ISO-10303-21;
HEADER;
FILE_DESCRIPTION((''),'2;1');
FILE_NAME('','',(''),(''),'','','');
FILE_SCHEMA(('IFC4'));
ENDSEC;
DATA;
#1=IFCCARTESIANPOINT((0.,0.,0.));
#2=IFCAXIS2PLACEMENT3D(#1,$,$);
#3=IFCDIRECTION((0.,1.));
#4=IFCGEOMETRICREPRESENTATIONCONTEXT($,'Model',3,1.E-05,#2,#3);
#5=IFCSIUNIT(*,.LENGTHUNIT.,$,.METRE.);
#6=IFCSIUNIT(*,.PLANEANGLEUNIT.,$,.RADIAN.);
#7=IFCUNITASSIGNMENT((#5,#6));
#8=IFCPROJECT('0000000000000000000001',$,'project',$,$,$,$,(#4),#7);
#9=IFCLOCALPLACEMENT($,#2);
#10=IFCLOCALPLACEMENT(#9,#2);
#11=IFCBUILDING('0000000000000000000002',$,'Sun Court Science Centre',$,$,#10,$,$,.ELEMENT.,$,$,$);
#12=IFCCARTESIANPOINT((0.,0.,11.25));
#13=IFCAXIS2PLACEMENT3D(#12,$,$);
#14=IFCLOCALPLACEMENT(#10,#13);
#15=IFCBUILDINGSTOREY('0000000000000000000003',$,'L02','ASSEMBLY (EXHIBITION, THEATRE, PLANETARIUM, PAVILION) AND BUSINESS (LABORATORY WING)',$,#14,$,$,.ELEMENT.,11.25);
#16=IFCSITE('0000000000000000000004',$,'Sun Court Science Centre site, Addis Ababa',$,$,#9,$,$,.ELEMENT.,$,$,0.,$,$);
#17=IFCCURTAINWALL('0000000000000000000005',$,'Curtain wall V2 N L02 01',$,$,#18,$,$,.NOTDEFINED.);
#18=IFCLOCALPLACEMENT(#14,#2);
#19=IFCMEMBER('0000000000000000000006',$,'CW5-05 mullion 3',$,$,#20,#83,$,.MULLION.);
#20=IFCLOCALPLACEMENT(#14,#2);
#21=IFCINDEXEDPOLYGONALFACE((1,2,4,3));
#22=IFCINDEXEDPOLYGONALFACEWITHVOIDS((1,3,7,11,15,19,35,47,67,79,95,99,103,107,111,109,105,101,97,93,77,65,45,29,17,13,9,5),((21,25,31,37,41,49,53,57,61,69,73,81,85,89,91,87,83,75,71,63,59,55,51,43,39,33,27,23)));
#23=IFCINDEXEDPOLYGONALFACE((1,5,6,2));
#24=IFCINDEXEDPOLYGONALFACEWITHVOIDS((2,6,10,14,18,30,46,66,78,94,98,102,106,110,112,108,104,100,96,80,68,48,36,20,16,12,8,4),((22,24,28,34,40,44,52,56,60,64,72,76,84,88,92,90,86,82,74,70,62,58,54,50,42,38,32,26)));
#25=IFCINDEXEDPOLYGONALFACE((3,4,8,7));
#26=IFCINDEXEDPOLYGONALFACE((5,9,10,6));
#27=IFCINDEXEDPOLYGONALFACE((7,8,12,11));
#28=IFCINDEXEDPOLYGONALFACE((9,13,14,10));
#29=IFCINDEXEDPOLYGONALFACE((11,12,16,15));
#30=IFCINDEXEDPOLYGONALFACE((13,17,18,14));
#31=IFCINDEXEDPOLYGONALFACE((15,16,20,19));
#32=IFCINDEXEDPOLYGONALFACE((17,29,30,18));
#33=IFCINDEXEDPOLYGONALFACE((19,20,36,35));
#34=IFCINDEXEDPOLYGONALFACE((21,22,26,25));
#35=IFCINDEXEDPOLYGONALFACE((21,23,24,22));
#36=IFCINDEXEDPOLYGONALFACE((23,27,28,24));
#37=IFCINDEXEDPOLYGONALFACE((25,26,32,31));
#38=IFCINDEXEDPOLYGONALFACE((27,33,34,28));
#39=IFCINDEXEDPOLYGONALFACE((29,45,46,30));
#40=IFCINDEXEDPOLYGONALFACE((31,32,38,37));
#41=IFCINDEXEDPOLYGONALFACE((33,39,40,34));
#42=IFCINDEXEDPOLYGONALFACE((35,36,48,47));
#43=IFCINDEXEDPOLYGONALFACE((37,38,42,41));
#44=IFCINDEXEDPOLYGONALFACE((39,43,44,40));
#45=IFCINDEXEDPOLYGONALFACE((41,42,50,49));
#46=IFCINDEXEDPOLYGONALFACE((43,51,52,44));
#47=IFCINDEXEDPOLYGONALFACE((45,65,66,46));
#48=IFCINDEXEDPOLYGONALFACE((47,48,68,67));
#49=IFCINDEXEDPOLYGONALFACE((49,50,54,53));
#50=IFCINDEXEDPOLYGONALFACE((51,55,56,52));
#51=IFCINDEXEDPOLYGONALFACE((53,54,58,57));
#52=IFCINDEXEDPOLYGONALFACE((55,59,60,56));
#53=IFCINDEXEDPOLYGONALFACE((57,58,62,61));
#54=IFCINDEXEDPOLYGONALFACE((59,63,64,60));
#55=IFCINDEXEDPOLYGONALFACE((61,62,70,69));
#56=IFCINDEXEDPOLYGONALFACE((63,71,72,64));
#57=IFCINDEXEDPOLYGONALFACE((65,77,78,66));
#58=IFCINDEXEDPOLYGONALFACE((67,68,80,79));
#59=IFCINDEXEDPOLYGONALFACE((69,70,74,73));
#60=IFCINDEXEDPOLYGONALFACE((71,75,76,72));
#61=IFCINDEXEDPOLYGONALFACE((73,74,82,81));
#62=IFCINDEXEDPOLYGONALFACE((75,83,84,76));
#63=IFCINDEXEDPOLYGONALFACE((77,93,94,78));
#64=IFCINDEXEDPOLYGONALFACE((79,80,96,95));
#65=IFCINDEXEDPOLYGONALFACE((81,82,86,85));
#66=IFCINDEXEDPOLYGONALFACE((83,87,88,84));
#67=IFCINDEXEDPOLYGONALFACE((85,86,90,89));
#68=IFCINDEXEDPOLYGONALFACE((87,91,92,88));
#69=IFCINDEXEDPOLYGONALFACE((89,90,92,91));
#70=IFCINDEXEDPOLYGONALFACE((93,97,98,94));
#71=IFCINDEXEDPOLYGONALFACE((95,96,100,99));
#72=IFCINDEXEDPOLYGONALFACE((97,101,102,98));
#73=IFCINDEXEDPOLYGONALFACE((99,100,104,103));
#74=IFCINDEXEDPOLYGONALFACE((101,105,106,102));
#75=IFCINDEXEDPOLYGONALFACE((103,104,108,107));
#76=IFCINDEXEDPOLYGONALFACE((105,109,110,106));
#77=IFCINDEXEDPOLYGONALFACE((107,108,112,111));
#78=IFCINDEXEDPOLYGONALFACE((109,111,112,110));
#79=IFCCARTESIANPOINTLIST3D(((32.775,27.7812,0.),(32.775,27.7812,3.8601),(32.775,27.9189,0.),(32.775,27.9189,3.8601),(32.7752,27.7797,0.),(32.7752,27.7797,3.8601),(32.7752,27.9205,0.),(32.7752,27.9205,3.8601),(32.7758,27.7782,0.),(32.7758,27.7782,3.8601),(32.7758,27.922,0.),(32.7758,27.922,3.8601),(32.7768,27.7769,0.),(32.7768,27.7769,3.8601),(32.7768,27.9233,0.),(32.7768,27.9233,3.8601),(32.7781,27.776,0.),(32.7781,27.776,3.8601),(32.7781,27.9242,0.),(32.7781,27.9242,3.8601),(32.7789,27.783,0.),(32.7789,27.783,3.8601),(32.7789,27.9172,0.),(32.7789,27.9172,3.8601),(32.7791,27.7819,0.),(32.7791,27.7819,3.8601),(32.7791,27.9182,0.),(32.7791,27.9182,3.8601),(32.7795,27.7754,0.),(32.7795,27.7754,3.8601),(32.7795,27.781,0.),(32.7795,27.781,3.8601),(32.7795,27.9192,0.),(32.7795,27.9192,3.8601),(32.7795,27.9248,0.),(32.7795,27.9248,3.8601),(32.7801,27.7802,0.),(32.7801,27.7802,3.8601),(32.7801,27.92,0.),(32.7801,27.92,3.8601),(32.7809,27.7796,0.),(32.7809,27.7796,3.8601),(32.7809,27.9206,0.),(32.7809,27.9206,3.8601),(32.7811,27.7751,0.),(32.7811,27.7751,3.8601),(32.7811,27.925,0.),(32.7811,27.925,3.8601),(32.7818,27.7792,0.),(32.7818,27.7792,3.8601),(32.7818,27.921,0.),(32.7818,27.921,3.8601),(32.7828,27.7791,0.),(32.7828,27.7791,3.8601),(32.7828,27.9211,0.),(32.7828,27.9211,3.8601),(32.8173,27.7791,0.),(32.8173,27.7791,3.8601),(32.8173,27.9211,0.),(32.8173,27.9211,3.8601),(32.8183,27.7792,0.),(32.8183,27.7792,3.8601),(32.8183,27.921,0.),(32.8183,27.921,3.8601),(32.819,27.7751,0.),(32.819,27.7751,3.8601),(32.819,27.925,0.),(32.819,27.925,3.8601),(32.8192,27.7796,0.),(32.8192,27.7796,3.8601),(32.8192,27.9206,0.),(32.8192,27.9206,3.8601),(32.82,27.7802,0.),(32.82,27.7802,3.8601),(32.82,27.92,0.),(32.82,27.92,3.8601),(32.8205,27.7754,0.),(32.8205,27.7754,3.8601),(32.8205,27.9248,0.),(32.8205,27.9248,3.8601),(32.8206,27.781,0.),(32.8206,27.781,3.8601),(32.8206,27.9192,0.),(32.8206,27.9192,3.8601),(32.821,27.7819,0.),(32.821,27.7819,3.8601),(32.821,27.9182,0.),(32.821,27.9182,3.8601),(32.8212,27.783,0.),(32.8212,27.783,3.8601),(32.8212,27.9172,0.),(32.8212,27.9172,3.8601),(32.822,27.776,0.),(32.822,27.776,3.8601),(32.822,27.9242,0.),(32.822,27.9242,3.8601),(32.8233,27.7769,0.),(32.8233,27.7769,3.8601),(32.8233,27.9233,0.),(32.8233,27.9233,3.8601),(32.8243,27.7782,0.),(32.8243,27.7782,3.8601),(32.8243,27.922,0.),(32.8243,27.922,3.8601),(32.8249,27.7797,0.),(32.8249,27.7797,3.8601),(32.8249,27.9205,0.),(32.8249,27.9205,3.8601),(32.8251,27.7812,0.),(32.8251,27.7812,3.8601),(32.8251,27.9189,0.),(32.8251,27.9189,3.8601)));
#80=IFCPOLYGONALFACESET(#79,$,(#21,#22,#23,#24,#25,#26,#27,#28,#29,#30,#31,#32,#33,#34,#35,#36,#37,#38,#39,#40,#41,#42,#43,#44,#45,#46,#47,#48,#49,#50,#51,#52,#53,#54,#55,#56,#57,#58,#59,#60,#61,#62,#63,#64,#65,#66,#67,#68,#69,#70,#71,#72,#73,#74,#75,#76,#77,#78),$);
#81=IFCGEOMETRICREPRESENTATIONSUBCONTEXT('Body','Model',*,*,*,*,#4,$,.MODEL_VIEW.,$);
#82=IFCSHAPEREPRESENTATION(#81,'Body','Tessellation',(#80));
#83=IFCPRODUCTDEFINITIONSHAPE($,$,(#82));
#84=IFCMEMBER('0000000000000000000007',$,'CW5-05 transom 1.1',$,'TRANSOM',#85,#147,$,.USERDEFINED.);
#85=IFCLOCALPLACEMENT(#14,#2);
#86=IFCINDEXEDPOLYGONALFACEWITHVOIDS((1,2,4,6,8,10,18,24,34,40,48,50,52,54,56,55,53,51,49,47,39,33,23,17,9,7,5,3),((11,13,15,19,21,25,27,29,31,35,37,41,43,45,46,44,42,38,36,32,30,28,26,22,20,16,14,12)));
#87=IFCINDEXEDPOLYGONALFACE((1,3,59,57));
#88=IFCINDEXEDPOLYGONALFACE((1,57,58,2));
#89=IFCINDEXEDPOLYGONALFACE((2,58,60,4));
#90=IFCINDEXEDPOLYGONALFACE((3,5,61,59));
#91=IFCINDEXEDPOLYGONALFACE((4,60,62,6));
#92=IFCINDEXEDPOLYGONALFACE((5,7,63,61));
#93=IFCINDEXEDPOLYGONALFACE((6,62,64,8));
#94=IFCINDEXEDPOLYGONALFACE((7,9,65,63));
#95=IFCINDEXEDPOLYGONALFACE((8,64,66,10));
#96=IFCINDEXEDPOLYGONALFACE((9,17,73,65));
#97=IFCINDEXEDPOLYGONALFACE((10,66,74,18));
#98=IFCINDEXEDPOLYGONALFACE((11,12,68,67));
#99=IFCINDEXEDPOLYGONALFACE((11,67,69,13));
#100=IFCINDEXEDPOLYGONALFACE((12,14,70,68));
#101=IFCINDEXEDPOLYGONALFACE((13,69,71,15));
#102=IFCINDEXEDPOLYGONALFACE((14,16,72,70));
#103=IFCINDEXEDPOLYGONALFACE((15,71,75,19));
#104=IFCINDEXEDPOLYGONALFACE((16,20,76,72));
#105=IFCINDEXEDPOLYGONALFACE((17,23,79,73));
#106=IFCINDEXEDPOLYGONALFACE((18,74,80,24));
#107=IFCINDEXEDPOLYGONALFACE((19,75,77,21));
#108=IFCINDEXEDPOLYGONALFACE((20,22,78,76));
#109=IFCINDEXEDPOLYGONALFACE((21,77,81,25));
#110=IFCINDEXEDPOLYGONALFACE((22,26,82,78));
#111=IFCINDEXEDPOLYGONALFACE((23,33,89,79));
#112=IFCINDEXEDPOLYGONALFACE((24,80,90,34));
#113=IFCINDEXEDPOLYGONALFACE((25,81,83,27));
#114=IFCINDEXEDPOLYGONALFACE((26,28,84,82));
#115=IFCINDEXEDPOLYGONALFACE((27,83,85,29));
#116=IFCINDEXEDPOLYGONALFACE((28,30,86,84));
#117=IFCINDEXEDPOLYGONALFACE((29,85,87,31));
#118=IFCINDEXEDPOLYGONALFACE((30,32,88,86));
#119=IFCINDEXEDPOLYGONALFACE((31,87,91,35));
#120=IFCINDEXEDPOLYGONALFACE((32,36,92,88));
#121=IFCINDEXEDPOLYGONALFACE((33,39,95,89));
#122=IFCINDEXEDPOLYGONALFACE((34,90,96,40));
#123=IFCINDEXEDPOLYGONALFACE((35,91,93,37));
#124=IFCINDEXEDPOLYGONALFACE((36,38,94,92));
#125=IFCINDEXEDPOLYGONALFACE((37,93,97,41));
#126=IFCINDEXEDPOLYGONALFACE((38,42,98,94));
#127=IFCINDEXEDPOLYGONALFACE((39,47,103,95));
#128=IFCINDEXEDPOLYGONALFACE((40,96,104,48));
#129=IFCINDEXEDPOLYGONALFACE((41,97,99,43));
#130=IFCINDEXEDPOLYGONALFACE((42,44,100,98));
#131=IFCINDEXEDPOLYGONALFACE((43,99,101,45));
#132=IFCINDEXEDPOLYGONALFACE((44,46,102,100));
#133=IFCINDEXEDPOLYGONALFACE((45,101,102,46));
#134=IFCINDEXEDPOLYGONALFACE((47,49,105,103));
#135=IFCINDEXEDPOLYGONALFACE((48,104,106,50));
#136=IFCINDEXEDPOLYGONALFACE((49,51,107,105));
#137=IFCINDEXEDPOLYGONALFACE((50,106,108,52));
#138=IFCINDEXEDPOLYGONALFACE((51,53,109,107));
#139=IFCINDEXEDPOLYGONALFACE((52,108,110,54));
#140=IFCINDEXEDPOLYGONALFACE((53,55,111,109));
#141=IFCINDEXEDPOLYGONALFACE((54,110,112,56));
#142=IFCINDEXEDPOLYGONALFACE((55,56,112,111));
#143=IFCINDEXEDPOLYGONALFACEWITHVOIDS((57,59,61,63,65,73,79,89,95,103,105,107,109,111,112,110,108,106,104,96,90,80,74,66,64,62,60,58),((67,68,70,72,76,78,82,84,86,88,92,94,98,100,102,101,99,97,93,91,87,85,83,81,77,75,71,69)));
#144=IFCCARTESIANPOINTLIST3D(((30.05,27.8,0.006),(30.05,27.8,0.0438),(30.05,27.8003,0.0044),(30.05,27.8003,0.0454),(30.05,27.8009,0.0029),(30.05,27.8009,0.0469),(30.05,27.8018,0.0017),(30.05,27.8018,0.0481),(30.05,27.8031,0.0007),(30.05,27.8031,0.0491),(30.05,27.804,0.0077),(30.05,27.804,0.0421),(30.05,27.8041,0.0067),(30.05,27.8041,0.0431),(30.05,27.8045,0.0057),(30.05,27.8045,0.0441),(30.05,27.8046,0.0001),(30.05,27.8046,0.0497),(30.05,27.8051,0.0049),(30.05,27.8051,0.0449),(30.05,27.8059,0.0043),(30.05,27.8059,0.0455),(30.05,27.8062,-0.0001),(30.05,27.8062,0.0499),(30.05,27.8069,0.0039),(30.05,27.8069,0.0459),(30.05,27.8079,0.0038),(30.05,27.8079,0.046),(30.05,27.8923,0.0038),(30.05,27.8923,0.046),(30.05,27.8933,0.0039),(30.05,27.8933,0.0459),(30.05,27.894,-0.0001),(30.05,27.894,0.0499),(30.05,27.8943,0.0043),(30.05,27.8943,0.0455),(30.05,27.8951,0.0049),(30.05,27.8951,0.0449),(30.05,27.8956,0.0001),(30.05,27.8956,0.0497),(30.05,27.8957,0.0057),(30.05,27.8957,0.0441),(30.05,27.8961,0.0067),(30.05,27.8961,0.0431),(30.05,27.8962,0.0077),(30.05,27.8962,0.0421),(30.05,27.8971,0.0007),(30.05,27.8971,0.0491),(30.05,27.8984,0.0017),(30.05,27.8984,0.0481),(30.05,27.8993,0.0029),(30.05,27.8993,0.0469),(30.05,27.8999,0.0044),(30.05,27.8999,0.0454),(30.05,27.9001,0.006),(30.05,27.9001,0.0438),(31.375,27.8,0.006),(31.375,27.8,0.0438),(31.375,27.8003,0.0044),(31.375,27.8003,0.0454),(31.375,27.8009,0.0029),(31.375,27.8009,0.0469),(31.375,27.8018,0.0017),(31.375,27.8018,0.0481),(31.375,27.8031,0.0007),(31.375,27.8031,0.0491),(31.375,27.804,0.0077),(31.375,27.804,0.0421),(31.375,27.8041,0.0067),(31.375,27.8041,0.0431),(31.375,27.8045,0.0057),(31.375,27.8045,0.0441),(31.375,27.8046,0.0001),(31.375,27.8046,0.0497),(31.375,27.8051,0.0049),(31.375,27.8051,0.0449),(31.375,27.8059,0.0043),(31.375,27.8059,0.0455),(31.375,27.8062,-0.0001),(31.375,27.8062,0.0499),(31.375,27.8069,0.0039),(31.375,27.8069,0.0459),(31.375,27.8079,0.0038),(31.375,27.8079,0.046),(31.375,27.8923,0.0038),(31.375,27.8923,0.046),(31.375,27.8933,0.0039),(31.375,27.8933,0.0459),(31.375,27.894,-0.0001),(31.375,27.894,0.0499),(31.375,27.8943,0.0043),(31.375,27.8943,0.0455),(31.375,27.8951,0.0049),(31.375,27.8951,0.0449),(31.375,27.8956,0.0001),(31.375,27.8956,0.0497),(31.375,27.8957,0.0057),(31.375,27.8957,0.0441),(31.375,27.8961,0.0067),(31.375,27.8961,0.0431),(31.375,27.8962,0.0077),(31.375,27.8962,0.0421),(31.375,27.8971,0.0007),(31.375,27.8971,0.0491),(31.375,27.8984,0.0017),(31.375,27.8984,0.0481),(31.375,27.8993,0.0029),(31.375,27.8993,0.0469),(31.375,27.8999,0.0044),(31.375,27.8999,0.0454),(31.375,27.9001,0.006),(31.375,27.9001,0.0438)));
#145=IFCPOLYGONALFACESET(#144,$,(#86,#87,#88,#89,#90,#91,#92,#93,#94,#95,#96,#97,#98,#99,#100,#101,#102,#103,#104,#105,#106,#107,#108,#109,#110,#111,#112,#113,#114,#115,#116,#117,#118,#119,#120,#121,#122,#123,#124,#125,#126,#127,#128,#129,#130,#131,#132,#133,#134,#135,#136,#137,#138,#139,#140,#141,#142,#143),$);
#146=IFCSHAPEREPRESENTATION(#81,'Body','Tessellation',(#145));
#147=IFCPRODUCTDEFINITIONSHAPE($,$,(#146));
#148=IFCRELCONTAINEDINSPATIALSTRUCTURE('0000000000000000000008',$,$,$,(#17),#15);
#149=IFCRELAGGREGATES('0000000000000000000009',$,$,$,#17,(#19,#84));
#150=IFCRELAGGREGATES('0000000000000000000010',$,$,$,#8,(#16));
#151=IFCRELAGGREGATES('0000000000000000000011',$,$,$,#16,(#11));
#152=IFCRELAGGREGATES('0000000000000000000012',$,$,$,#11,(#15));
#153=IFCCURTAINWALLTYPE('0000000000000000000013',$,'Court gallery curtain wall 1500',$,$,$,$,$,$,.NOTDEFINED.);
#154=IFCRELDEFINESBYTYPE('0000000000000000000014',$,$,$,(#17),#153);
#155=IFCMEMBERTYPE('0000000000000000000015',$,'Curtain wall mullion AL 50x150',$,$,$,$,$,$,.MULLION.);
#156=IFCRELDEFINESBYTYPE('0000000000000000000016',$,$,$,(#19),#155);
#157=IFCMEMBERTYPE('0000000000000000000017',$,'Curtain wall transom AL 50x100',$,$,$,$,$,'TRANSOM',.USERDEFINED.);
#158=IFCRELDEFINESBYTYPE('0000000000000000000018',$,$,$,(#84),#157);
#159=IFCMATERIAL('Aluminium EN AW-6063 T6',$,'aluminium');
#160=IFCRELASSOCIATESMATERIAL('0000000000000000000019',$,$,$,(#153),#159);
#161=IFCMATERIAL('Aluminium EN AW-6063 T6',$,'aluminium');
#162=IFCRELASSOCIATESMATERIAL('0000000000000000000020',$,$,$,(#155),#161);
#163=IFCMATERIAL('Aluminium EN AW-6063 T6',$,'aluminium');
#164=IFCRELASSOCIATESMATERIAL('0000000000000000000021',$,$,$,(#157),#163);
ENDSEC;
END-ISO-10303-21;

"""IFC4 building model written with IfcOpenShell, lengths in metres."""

from ifc_helpers import new_model, si_unit, direction, frame, origin, origin_2d, place, context, subcontext, project, spatial, hollow_rectangle, extrude, material, material_profile, profile_set, type_object, element, aggregate, save


model = new_model("IFC4")

# Units and contexts
model_context = context("Model", 3, precision=1e-05, world=origin(), true_north=direction((0.0, 1.0)))
body_context = subcontext(model_context, "Body", "Model", "MODEL_VIEW")
ifc_project = project(units=[si_unit("LENGTHUNIT", "METRE"), si_unit("PLANEANGLEUNIT", "RADIAN")], contexts=[model_context])

# Site, building, storey
site_placement = place(None, origin())
site = spatial("IfcSite", under=ifc_project, at=site_placement, Name="Sun Court Science Centre site, Addis Ababa", CompositionType="ELEMENT", RefElevation=0.0)
building_placement = place(site_placement, origin())
building = spatial("IfcBuilding", under=site, at=building_placement, Name="Sun Court Science Centre", CompositionType="ELEMENT")
storey_placement = place(building_placement, frame((0.0, 0.0, 11.25)))
storey = spatial("IfcBuildingStorey", under=building, at=storey_placement, Name="L02", Description="ASSEMBLY (EXHIBITION, THEATRE, PLANETARIUM, PAVILION) AND BUSINESS (LABORATORY WING)", CompositionType="ELEMENT", Elevation=11.25)

# Curtain wall, members
ifc_material_1 = material(Name="Aluminium EN AW-6063 T6", Category="aluminium")
curtain_wall_type = type_object("IfcCurtainWallType", Name="Court gallery curtain wall 1500", PredefinedType="NOTDEFINED", material=ifc_material_1)
curtain_wall_placement = place(storey_placement, origin())
curtain_wall = element("IfcCurtainWall", 1, at=curtain_wall_placement, inside=storey, type_object=curtain_wall_type, Name="Curtain wall V2 N L02 01", PredefinedType="NOTDEFINED")
ifc_material_2 = material(Name="Aluminium EN AW-6063 T6", Category="aluminium")
ifc_material_profile_1 = material_profile(ifc_material_2, hollow_rectangle(XDim=0.05, YDim=0.1499, WallThickness=0.0039, InnerFilletRadius=0.0039, OuterFilletRadius=0.0061, at=origin_2d()), Name="AL 50x150x4")
ifc_profile_set_1 = profile_set([ifc_material_profile_1], Name="Aluminium EN AW-6063 T6")
member_type_1 = type_object("IfcMemberType", Name="Curtain wall mullion AL 50x150", PredefinedType="MULLION", material=ifc_profile_set_1)
member_1_placement = place(storey_placement, frame((32.8, 27.8501, 0.0), z_axis=(0.0, 0.0, 1.0), x_axis=(1.0, 0.0, 0.0)))
member_1 = element("IfcMember", 2, at=member_1_placement, type_object=member_type_1, Name="CW5-05 mullion 3", PredefinedType="MULLION", context=body_context, shape_type="SweptSolid", body=[
    extrude(hollow_rectangle(XDim=0.05, YDim=0.1499, WallThickness=0.0039, InnerFilletRadius=0.0039, OuterFilletRadius=0.0061, at=origin_2d()), origin(), (0.0, 0.0, 1.0), 3.8601),
])
ifc_material_3 = material(Name="Aluminium EN AW-6063 T6", Category="aluminium")
ifc_material_profile_2 = material_profile(ifc_material_3, hollow_rectangle(XDim=0.05, YDim=0.1001, WallThickness=0.0039, InnerFilletRadius=0.0039, OuterFilletRadius=0.0061, at=origin_2d()), Name="AL 50x100x4")
ifc_profile_set_2 = profile_set([ifc_material_profile_2], Name="Aluminium EN AW-6063 T6")
member_type_2 = type_object("IfcMemberType", Name="Curtain wall transom AL 50x100", ElementType="TRANSOM", PredefinedType="USERDEFINED", material=ifc_profile_set_2)
member_2_placement = place(storey_placement, frame((30.05, 27.8501, 0.0249), z_axis=(1.0, 0.0, 0.0), x_axis=(0.0, 0.0, 1.0)))
member_2 = element("IfcMember", 3, at=member_2_placement, type_object=member_type_2, Name="CW5-05 transom 1.1", ObjectType="TRANSOM", PredefinedType="USERDEFINED", context=body_context, shape_type="SweptSolid", body=[
    extrude(hollow_rectangle(XDim=0.05, YDim=0.1001, WallThickness=0.0039, InnerFilletRadius=0.0039, OuterFilletRadius=0.0061, at=origin_2d()), origin(), (0.0, 0.0, 1.0), 1.325),
])

aggregate(curtain_wall, [member_1, member_2])

save(model, "model.ifc")
